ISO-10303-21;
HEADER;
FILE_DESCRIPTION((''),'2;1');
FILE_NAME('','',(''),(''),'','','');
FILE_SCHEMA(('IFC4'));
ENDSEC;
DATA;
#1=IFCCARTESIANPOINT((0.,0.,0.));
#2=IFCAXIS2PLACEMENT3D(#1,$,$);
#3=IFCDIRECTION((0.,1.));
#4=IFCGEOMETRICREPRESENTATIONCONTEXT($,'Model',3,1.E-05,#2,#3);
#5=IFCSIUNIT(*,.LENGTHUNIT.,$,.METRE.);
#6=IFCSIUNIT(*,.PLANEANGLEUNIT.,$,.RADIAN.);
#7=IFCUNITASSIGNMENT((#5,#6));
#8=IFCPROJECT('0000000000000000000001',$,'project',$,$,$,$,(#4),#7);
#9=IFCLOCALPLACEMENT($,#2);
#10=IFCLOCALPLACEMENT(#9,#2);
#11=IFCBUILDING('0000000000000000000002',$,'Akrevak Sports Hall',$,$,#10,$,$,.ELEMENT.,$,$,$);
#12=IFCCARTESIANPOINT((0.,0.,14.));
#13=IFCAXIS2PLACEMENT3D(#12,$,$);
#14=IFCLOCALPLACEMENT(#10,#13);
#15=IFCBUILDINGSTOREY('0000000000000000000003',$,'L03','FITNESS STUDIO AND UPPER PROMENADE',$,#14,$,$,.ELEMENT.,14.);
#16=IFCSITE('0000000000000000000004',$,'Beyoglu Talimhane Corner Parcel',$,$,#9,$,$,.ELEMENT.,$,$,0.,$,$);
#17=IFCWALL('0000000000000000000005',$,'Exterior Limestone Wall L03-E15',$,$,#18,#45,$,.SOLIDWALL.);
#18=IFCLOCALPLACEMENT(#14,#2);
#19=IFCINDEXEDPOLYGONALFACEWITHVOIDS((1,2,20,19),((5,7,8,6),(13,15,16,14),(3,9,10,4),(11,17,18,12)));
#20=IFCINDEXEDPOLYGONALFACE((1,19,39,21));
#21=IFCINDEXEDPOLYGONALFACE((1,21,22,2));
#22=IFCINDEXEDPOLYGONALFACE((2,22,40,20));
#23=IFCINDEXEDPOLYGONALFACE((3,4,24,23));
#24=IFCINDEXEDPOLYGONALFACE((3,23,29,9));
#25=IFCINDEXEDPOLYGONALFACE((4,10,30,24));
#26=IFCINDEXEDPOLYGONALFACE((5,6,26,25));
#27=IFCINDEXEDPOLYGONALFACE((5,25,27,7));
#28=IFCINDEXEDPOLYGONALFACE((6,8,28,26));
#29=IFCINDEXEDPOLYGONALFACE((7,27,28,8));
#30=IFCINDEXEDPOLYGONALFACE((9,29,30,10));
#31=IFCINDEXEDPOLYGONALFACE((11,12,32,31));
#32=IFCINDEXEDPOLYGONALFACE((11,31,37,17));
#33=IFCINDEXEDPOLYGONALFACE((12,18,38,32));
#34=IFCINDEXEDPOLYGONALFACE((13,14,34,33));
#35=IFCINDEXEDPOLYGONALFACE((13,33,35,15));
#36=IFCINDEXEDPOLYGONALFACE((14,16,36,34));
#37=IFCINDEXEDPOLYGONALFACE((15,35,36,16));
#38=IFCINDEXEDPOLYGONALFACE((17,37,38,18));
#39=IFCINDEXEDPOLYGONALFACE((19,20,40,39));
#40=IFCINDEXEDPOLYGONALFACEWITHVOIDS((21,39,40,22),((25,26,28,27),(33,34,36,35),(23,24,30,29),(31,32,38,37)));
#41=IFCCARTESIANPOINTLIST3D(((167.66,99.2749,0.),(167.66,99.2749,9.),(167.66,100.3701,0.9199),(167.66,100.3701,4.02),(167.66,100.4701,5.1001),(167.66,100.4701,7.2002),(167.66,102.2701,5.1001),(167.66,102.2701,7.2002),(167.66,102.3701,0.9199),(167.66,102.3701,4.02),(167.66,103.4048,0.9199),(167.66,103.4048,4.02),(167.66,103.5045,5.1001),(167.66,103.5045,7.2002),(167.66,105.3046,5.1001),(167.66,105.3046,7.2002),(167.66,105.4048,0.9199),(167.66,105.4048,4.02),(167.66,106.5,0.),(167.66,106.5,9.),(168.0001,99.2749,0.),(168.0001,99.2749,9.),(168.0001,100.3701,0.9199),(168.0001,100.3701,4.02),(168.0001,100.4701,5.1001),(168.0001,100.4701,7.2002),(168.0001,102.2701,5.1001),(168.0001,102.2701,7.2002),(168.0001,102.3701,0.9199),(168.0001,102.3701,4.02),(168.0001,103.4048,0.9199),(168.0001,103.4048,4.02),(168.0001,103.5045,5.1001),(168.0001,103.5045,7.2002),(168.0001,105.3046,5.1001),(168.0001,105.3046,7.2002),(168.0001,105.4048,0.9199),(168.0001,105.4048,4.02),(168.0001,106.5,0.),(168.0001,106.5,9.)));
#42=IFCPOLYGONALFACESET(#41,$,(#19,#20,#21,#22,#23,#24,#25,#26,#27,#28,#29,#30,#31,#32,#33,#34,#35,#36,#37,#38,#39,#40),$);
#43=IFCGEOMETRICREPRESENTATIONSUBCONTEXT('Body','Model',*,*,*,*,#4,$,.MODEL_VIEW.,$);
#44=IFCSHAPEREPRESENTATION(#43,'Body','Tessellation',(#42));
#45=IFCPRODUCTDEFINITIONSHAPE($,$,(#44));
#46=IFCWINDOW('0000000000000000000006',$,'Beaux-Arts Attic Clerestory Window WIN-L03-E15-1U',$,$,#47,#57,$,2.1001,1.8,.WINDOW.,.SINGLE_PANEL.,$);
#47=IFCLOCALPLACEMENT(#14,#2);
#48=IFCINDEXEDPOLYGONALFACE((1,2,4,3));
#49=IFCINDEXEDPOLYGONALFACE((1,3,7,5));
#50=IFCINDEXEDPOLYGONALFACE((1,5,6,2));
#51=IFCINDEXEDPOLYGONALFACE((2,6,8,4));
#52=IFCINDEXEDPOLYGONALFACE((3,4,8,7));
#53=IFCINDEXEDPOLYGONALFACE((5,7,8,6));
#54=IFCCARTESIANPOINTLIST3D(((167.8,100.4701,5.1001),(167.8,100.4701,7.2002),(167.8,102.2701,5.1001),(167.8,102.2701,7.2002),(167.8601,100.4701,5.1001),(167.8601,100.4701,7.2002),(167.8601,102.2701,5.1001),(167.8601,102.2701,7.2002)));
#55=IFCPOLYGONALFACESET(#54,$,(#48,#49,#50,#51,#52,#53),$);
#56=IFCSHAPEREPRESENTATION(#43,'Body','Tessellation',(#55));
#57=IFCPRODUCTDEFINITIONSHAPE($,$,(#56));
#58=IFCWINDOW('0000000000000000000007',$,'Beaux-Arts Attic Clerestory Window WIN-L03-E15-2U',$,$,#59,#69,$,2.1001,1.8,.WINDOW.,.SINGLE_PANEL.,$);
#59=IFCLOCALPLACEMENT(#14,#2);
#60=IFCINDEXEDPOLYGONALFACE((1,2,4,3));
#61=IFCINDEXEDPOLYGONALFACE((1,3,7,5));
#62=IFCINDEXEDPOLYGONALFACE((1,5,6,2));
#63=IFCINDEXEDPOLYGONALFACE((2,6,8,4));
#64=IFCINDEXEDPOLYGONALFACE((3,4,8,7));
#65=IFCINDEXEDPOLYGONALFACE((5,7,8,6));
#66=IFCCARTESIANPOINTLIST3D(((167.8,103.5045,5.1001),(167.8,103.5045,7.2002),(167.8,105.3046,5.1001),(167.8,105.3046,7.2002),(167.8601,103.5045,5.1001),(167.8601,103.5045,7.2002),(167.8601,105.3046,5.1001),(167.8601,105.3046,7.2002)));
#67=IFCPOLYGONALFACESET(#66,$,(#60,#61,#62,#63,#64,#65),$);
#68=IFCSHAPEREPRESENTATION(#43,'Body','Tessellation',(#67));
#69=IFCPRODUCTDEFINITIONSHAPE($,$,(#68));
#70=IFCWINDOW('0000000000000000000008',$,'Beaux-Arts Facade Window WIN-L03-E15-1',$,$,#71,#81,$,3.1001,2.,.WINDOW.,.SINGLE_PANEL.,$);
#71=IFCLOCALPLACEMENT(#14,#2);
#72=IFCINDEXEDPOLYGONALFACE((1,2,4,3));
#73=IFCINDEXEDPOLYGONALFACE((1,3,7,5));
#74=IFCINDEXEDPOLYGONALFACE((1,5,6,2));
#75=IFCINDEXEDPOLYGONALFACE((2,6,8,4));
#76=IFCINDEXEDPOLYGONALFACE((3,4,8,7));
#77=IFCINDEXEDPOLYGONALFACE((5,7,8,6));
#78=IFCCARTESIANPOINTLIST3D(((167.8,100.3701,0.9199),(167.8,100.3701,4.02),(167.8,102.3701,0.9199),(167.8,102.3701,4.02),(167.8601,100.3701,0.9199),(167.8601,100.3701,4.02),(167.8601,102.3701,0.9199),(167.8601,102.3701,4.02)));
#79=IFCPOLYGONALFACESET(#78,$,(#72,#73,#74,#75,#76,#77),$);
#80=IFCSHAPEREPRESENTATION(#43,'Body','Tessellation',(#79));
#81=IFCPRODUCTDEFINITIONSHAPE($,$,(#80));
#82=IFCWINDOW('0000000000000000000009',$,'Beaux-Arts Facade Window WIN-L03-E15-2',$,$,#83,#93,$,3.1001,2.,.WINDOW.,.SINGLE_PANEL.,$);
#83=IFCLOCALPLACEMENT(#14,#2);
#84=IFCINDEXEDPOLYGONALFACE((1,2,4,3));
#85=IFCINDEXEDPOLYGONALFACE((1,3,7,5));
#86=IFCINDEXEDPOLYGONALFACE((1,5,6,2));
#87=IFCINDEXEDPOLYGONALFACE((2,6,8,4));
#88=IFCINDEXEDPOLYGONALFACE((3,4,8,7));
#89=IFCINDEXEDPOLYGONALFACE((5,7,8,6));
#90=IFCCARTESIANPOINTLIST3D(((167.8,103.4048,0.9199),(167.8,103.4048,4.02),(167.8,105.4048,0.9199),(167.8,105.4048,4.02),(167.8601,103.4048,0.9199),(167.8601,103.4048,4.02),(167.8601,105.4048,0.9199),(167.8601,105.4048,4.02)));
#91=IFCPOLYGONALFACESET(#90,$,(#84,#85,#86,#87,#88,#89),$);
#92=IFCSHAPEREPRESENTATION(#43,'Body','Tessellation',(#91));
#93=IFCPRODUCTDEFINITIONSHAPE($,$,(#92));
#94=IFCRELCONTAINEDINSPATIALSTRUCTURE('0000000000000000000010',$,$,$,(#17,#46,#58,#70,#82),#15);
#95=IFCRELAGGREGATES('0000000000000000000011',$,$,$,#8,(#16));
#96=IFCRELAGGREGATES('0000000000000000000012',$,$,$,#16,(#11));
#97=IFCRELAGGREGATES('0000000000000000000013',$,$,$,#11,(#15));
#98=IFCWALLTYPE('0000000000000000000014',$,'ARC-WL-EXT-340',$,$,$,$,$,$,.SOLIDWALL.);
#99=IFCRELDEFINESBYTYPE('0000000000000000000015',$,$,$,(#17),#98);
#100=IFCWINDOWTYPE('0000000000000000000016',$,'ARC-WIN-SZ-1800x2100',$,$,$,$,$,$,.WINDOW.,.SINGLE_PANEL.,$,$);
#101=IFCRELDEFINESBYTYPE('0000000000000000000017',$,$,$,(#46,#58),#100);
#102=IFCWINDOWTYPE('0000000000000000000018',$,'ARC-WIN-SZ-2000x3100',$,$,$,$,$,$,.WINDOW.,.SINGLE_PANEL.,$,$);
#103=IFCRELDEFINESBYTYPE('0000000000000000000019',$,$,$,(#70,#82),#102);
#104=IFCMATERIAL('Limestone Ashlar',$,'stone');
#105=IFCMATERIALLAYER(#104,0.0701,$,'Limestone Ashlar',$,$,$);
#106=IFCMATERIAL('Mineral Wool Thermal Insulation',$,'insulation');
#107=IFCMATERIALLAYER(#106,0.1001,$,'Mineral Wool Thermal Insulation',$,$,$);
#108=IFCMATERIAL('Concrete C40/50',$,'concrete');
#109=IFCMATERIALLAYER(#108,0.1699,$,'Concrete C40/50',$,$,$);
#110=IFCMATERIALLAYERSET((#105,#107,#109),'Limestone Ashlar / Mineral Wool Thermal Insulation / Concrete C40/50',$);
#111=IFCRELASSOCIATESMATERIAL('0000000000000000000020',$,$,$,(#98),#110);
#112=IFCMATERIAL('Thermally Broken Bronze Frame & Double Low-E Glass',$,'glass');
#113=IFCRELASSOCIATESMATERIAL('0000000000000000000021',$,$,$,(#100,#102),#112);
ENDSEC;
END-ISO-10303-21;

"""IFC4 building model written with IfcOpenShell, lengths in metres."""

from ifc_helpers import new_model, si_unit, direction, frame, frame_2d, origin, place, context, subcontext, project, spatial, rectangle, extrude, material, layer, layer_set, type_object, element, fill, save


model = new_model("IFC4")

# Units and contexts
model_context = context("Model", 3, precision=1e-05, world=origin(), true_north=direction((0.0, 1.0)))
body_context = subcontext(model_context, "Body", "Model", "MODEL_VIEW")
ifc_project = project(units=[si_unit("LENGTHUNIT", "METRE"), si_unit("PLANEANGLEUNIT", "RADIAN")], contexts=[model_context])

# Site, building, storey
site_placement = place(None, origin())
site = spatial("IfcSite", under=ifc_project, at=site_placement, Name="Beyoglu Talimhane Corner Parcel", CompositionType="ELEMENT", RefElevation=0.0)
building_placement = place(site_placement, origin())
building = spatial("IfcBuilding", under=site, at=building_placement, Name="Akrevak Sports Hall", CompositionType="ELEMENT")
storey_placement = place(building_placement, frame((0.0, 0.0, 14.0)))
storey = spatial("IfcBuildingStorey", under=building, at=storey_placement, Name="L03", Description="FITNESS STUDIO AND UPPER PROMENADE", CompositionType="ELEMENT", Elevation=14.0)

# Shared definitions
ifc_material_1 = material(Name="Concrete C40/50", Category="concrete")

# Wall, openings, windows
ifc_material_2 = material(Name="Limestone Ashlar", Category="stone")
ifc_layer_1 = layer(ifc_material_2, 0.0701, Name="Limestone Ashlar")
ifc_material_3 = material(Name="Mineral Wool Thermal Insulation", Category="insulation")
ifc_layer_2 = layer(ifc_material_3, 0.1001, Name="Mineral Wool Thermal Insulation")
ifc_layer_3 = layer(ifc_material_1, 0.1699, Name="Concrete C40/50")
ifc_layer_set_1 = layer_set([ifc_layer_1, ifc_layer_2, ifc_layer_3], Name="Limestone Ashlar / Mineral Wool Thermal Insulation / Concrete C40/50")
wall_type = type_object("IfcWallType", Name="ARC-WL-EXT-340", PredefinedType="SOLIDWALL", material=ifc_layer_set_1)
ifc_material_4 = material(Name="Thermally Broken Bronze Frame & Double Low-E Glass", Category="glass")
window_type_1 = type_object("IfcWindowType", Name="ARC-WIN-SZ-1800x2100", PartitioningType="SINGLE_PANEL", PredefinedType="WINDOW", material=ifc_material_4)
window_type_2 = type_object("IfcWindowType", Name="ARC-WIN-SZ-2000x3100", PartitioningType="SINGLE_PANEL", PredefinedType="WINDOW", material=ifc_material_4)
wall_1_placement = place(storey_placement, frame((167.8301, 99.2749, 0.0), z_axis=(0.0, 0.0, 1.0), x_axis=(0.0, 1.0, 0.0)))
wall_1 = element("IfcWall", 1, at=wall_1_placement, inside=storey, type_object=wall_type, Name="Exterior Limestone Wall L03-E15", PredefinedType="SOLIDWALL", context=body_context, shape_type="SweptSolid", body=[
    extrude(rectangle(XDim=7.2251, YDim=0.3401, at=frame_2d((3.6125, 0.0))), origin(), (0.0, 0.0, 1.0), 9.0),
])
opening_1_placement = place(wall_1_placement, frame((1.0952, 0.0, 0.9199)))
opening_1 = element("IfcOpeningElement", 2, at=opening_1_placement, cuts=wall_1, PredefinedType="OPENING", context=body_context, shape_type="SweptSolid", body=[
    extrude(rectangle(XDim=2.0, YDim=3.1001, at=frame_2d((1.0, 1.55))), frame((0.0, 0.1821, 0.0), z_axis=(0.0, -1.0, 0.0), x_axis=(1.0, 0.0, 0.0)), (0.0, 0.0, 1.0), 0.364),
])
opening_2_placement = place(wall_1_placement, frame((1.1953, 0.0, 5.1001)))
opening_2 = element("IfcOpeningElement", 3, at=opening_2_placement, cuts=wall_1, PredefinedType="OPENING", context=body_context, shape_type="SweptSolid", body=[
    extrude(rectangle(XDim=1.8, YDim=2.1001, at=frame_2d((0.8999, 1.05))), frame((0.0, 0.1821, 0.0), z_axis=(0.0, -1.0, 0.0), x_axis=(1.0, 0.0, 0.0)), (0.0, 0.0, 1.0), 0.364),
])
opening_3_placement = place(wall_1_placement, frame((4.1299, 0.0, 0.9199)))
opening_3 = element("IfcOpeningElement", 4, at=opening_3_placement, cuts=wall_1, PredefinedType="OPENING", context=body_context, shape_type="SweptSolid", body=[
    extrude(rectangle(XDim=2.0, YDim=3.1001, at=frame_2d((1.0, 1.55))), frame((0.0, 0.1821, 0.0), z_axis=(0.0, -1.0, 0.0), x_axis=(1.0, 0.0, 0.0)), (0.0, 0.0, 1.0), 0.364),
])
opening_4_placement = place(wall_1_placement, frame((4.2297, 0.0, 5.1001)))
opening_4 = element("IfcOpeningElement", 5, at=opening_4_placement, cuts=wall_1, PredefinedType="OPENING", context=body_context, shape_type="SweptSolid", body=[
    extrude(rectangle(XDim=1.8, YDim=2.1001, at=frame_2d((0.8999, 1.05))), frame((0.0, 0.1821, 0.0), z_axis=(0.0, -1.0, 0.0), x_axis=(1.0, 0.0, 0.0)), (0.0, 0.0, 1.0), 0.364),
])
window_1_placement = place(opening_2_placement, origin())
window_1 = element("IfcWindow", 6, at=window_1_placement, inside=storey, type_object=window_type_1, Name="Beaux-Arts Attic Clerestory Window WIN-L03-E15-1U", OverallHeight=2.1001, OverallWidth=1.8, PartitioningType="SINGLE_PANEL", PredefinedType="WINDOW", context=body_context, shape_type="SweptSolid", body=[
    extrude(rectangle(XDim=1.8, YDim=2.1001, at=frame_2d((0.8999, 1.05))), frame((0.0, 0.03, 0.0), z_axis=(0.0, -1.0, 0.0), x_axis=(1.0, 0.0, 0.0)), (0.0, 0.0, 1.0), 0.0601),
])
fill(opening_2, window_1)
window_2_placement = place(opening_4_placement, origin())
window_2 = element("IfcWindow", 7, at=window_2_placement, inside=storey, type_object=window_type_1, Name="Beaux-Arts Attic Clerestory Window WIN-L03-E15-2U", OverallHeight=2.1001, OverallWidth=1.8, PartitioningType="SINGLE_PANEL", PredefinedType="WINDOW", context=body_context, shape_type="SweptSolid", body=[
    extrude(rectangle(XDim=1.8, YDim=2.1001, at=frame_2d((0.8999, 1.05))), frame((0.0, 0.03, 0.0), z_axis=(0.0, -1.0, 0.0), x_axis=(1.0, 0.0, 0.0)), (0.0, 0.0, 1.0), 0.0601),
])
fill(opening_4, window_2)
window_3_placement = place(opening_1_placement, origin())
window_3 = element("IfcWindow", 8, at=window_3_placement, inside=storey, type_object=window_type_2, Name="Beaux-Arts Facade Window WIN-L03-E15-1", OverallHeight=3.1001, OverallWidth=2.0, PartitioningType="SINGLE_PANEL", PredefinedType="WINDOW", context=body_context, shape_type="SweptSolid", body=[
    extrude(rectangle(XDim=2.0, YDim=3.1001, at=frame_2d((1.0, 1.55))), frame((0.0, 0.03, 0.0), z_axis=(0.0, -1.0, 0.0), x_axis=(1.0, 0.0, 0.0)), (0.0, 0.0, 1.0), 0.0601),
])
fill(opening_1, window_3)
window_4_placement = place(opening_3_placement, origin())
window_4 = element("IfcWindow", 9, at=window_4_placement, inside=storey, type_object=window_type_2, Name="Beaux-Arts Facade Window WIN-L03-E15-2", OverallHeight=3.1001, OverallWidth=2.0, PartitioningType="SINGLE_PANEL", PredefinedType="WINDOW", context=body_context, shape_type="SweptSolid", body=[
    extrude(rectangle(XDim=2.0, YDim=3.1001, at=frame_2d((1.0, 1.55))), frame((0.0, 0.03, 0.0), z_axis=(0.0, -1.0, 0.0), x_axis=(1.0, 0.0, 0.0)), (0.0, 0.0, 1.0), 0.0601),
])
fill(opening_3, window_4)

save(model, "model.ifc")
